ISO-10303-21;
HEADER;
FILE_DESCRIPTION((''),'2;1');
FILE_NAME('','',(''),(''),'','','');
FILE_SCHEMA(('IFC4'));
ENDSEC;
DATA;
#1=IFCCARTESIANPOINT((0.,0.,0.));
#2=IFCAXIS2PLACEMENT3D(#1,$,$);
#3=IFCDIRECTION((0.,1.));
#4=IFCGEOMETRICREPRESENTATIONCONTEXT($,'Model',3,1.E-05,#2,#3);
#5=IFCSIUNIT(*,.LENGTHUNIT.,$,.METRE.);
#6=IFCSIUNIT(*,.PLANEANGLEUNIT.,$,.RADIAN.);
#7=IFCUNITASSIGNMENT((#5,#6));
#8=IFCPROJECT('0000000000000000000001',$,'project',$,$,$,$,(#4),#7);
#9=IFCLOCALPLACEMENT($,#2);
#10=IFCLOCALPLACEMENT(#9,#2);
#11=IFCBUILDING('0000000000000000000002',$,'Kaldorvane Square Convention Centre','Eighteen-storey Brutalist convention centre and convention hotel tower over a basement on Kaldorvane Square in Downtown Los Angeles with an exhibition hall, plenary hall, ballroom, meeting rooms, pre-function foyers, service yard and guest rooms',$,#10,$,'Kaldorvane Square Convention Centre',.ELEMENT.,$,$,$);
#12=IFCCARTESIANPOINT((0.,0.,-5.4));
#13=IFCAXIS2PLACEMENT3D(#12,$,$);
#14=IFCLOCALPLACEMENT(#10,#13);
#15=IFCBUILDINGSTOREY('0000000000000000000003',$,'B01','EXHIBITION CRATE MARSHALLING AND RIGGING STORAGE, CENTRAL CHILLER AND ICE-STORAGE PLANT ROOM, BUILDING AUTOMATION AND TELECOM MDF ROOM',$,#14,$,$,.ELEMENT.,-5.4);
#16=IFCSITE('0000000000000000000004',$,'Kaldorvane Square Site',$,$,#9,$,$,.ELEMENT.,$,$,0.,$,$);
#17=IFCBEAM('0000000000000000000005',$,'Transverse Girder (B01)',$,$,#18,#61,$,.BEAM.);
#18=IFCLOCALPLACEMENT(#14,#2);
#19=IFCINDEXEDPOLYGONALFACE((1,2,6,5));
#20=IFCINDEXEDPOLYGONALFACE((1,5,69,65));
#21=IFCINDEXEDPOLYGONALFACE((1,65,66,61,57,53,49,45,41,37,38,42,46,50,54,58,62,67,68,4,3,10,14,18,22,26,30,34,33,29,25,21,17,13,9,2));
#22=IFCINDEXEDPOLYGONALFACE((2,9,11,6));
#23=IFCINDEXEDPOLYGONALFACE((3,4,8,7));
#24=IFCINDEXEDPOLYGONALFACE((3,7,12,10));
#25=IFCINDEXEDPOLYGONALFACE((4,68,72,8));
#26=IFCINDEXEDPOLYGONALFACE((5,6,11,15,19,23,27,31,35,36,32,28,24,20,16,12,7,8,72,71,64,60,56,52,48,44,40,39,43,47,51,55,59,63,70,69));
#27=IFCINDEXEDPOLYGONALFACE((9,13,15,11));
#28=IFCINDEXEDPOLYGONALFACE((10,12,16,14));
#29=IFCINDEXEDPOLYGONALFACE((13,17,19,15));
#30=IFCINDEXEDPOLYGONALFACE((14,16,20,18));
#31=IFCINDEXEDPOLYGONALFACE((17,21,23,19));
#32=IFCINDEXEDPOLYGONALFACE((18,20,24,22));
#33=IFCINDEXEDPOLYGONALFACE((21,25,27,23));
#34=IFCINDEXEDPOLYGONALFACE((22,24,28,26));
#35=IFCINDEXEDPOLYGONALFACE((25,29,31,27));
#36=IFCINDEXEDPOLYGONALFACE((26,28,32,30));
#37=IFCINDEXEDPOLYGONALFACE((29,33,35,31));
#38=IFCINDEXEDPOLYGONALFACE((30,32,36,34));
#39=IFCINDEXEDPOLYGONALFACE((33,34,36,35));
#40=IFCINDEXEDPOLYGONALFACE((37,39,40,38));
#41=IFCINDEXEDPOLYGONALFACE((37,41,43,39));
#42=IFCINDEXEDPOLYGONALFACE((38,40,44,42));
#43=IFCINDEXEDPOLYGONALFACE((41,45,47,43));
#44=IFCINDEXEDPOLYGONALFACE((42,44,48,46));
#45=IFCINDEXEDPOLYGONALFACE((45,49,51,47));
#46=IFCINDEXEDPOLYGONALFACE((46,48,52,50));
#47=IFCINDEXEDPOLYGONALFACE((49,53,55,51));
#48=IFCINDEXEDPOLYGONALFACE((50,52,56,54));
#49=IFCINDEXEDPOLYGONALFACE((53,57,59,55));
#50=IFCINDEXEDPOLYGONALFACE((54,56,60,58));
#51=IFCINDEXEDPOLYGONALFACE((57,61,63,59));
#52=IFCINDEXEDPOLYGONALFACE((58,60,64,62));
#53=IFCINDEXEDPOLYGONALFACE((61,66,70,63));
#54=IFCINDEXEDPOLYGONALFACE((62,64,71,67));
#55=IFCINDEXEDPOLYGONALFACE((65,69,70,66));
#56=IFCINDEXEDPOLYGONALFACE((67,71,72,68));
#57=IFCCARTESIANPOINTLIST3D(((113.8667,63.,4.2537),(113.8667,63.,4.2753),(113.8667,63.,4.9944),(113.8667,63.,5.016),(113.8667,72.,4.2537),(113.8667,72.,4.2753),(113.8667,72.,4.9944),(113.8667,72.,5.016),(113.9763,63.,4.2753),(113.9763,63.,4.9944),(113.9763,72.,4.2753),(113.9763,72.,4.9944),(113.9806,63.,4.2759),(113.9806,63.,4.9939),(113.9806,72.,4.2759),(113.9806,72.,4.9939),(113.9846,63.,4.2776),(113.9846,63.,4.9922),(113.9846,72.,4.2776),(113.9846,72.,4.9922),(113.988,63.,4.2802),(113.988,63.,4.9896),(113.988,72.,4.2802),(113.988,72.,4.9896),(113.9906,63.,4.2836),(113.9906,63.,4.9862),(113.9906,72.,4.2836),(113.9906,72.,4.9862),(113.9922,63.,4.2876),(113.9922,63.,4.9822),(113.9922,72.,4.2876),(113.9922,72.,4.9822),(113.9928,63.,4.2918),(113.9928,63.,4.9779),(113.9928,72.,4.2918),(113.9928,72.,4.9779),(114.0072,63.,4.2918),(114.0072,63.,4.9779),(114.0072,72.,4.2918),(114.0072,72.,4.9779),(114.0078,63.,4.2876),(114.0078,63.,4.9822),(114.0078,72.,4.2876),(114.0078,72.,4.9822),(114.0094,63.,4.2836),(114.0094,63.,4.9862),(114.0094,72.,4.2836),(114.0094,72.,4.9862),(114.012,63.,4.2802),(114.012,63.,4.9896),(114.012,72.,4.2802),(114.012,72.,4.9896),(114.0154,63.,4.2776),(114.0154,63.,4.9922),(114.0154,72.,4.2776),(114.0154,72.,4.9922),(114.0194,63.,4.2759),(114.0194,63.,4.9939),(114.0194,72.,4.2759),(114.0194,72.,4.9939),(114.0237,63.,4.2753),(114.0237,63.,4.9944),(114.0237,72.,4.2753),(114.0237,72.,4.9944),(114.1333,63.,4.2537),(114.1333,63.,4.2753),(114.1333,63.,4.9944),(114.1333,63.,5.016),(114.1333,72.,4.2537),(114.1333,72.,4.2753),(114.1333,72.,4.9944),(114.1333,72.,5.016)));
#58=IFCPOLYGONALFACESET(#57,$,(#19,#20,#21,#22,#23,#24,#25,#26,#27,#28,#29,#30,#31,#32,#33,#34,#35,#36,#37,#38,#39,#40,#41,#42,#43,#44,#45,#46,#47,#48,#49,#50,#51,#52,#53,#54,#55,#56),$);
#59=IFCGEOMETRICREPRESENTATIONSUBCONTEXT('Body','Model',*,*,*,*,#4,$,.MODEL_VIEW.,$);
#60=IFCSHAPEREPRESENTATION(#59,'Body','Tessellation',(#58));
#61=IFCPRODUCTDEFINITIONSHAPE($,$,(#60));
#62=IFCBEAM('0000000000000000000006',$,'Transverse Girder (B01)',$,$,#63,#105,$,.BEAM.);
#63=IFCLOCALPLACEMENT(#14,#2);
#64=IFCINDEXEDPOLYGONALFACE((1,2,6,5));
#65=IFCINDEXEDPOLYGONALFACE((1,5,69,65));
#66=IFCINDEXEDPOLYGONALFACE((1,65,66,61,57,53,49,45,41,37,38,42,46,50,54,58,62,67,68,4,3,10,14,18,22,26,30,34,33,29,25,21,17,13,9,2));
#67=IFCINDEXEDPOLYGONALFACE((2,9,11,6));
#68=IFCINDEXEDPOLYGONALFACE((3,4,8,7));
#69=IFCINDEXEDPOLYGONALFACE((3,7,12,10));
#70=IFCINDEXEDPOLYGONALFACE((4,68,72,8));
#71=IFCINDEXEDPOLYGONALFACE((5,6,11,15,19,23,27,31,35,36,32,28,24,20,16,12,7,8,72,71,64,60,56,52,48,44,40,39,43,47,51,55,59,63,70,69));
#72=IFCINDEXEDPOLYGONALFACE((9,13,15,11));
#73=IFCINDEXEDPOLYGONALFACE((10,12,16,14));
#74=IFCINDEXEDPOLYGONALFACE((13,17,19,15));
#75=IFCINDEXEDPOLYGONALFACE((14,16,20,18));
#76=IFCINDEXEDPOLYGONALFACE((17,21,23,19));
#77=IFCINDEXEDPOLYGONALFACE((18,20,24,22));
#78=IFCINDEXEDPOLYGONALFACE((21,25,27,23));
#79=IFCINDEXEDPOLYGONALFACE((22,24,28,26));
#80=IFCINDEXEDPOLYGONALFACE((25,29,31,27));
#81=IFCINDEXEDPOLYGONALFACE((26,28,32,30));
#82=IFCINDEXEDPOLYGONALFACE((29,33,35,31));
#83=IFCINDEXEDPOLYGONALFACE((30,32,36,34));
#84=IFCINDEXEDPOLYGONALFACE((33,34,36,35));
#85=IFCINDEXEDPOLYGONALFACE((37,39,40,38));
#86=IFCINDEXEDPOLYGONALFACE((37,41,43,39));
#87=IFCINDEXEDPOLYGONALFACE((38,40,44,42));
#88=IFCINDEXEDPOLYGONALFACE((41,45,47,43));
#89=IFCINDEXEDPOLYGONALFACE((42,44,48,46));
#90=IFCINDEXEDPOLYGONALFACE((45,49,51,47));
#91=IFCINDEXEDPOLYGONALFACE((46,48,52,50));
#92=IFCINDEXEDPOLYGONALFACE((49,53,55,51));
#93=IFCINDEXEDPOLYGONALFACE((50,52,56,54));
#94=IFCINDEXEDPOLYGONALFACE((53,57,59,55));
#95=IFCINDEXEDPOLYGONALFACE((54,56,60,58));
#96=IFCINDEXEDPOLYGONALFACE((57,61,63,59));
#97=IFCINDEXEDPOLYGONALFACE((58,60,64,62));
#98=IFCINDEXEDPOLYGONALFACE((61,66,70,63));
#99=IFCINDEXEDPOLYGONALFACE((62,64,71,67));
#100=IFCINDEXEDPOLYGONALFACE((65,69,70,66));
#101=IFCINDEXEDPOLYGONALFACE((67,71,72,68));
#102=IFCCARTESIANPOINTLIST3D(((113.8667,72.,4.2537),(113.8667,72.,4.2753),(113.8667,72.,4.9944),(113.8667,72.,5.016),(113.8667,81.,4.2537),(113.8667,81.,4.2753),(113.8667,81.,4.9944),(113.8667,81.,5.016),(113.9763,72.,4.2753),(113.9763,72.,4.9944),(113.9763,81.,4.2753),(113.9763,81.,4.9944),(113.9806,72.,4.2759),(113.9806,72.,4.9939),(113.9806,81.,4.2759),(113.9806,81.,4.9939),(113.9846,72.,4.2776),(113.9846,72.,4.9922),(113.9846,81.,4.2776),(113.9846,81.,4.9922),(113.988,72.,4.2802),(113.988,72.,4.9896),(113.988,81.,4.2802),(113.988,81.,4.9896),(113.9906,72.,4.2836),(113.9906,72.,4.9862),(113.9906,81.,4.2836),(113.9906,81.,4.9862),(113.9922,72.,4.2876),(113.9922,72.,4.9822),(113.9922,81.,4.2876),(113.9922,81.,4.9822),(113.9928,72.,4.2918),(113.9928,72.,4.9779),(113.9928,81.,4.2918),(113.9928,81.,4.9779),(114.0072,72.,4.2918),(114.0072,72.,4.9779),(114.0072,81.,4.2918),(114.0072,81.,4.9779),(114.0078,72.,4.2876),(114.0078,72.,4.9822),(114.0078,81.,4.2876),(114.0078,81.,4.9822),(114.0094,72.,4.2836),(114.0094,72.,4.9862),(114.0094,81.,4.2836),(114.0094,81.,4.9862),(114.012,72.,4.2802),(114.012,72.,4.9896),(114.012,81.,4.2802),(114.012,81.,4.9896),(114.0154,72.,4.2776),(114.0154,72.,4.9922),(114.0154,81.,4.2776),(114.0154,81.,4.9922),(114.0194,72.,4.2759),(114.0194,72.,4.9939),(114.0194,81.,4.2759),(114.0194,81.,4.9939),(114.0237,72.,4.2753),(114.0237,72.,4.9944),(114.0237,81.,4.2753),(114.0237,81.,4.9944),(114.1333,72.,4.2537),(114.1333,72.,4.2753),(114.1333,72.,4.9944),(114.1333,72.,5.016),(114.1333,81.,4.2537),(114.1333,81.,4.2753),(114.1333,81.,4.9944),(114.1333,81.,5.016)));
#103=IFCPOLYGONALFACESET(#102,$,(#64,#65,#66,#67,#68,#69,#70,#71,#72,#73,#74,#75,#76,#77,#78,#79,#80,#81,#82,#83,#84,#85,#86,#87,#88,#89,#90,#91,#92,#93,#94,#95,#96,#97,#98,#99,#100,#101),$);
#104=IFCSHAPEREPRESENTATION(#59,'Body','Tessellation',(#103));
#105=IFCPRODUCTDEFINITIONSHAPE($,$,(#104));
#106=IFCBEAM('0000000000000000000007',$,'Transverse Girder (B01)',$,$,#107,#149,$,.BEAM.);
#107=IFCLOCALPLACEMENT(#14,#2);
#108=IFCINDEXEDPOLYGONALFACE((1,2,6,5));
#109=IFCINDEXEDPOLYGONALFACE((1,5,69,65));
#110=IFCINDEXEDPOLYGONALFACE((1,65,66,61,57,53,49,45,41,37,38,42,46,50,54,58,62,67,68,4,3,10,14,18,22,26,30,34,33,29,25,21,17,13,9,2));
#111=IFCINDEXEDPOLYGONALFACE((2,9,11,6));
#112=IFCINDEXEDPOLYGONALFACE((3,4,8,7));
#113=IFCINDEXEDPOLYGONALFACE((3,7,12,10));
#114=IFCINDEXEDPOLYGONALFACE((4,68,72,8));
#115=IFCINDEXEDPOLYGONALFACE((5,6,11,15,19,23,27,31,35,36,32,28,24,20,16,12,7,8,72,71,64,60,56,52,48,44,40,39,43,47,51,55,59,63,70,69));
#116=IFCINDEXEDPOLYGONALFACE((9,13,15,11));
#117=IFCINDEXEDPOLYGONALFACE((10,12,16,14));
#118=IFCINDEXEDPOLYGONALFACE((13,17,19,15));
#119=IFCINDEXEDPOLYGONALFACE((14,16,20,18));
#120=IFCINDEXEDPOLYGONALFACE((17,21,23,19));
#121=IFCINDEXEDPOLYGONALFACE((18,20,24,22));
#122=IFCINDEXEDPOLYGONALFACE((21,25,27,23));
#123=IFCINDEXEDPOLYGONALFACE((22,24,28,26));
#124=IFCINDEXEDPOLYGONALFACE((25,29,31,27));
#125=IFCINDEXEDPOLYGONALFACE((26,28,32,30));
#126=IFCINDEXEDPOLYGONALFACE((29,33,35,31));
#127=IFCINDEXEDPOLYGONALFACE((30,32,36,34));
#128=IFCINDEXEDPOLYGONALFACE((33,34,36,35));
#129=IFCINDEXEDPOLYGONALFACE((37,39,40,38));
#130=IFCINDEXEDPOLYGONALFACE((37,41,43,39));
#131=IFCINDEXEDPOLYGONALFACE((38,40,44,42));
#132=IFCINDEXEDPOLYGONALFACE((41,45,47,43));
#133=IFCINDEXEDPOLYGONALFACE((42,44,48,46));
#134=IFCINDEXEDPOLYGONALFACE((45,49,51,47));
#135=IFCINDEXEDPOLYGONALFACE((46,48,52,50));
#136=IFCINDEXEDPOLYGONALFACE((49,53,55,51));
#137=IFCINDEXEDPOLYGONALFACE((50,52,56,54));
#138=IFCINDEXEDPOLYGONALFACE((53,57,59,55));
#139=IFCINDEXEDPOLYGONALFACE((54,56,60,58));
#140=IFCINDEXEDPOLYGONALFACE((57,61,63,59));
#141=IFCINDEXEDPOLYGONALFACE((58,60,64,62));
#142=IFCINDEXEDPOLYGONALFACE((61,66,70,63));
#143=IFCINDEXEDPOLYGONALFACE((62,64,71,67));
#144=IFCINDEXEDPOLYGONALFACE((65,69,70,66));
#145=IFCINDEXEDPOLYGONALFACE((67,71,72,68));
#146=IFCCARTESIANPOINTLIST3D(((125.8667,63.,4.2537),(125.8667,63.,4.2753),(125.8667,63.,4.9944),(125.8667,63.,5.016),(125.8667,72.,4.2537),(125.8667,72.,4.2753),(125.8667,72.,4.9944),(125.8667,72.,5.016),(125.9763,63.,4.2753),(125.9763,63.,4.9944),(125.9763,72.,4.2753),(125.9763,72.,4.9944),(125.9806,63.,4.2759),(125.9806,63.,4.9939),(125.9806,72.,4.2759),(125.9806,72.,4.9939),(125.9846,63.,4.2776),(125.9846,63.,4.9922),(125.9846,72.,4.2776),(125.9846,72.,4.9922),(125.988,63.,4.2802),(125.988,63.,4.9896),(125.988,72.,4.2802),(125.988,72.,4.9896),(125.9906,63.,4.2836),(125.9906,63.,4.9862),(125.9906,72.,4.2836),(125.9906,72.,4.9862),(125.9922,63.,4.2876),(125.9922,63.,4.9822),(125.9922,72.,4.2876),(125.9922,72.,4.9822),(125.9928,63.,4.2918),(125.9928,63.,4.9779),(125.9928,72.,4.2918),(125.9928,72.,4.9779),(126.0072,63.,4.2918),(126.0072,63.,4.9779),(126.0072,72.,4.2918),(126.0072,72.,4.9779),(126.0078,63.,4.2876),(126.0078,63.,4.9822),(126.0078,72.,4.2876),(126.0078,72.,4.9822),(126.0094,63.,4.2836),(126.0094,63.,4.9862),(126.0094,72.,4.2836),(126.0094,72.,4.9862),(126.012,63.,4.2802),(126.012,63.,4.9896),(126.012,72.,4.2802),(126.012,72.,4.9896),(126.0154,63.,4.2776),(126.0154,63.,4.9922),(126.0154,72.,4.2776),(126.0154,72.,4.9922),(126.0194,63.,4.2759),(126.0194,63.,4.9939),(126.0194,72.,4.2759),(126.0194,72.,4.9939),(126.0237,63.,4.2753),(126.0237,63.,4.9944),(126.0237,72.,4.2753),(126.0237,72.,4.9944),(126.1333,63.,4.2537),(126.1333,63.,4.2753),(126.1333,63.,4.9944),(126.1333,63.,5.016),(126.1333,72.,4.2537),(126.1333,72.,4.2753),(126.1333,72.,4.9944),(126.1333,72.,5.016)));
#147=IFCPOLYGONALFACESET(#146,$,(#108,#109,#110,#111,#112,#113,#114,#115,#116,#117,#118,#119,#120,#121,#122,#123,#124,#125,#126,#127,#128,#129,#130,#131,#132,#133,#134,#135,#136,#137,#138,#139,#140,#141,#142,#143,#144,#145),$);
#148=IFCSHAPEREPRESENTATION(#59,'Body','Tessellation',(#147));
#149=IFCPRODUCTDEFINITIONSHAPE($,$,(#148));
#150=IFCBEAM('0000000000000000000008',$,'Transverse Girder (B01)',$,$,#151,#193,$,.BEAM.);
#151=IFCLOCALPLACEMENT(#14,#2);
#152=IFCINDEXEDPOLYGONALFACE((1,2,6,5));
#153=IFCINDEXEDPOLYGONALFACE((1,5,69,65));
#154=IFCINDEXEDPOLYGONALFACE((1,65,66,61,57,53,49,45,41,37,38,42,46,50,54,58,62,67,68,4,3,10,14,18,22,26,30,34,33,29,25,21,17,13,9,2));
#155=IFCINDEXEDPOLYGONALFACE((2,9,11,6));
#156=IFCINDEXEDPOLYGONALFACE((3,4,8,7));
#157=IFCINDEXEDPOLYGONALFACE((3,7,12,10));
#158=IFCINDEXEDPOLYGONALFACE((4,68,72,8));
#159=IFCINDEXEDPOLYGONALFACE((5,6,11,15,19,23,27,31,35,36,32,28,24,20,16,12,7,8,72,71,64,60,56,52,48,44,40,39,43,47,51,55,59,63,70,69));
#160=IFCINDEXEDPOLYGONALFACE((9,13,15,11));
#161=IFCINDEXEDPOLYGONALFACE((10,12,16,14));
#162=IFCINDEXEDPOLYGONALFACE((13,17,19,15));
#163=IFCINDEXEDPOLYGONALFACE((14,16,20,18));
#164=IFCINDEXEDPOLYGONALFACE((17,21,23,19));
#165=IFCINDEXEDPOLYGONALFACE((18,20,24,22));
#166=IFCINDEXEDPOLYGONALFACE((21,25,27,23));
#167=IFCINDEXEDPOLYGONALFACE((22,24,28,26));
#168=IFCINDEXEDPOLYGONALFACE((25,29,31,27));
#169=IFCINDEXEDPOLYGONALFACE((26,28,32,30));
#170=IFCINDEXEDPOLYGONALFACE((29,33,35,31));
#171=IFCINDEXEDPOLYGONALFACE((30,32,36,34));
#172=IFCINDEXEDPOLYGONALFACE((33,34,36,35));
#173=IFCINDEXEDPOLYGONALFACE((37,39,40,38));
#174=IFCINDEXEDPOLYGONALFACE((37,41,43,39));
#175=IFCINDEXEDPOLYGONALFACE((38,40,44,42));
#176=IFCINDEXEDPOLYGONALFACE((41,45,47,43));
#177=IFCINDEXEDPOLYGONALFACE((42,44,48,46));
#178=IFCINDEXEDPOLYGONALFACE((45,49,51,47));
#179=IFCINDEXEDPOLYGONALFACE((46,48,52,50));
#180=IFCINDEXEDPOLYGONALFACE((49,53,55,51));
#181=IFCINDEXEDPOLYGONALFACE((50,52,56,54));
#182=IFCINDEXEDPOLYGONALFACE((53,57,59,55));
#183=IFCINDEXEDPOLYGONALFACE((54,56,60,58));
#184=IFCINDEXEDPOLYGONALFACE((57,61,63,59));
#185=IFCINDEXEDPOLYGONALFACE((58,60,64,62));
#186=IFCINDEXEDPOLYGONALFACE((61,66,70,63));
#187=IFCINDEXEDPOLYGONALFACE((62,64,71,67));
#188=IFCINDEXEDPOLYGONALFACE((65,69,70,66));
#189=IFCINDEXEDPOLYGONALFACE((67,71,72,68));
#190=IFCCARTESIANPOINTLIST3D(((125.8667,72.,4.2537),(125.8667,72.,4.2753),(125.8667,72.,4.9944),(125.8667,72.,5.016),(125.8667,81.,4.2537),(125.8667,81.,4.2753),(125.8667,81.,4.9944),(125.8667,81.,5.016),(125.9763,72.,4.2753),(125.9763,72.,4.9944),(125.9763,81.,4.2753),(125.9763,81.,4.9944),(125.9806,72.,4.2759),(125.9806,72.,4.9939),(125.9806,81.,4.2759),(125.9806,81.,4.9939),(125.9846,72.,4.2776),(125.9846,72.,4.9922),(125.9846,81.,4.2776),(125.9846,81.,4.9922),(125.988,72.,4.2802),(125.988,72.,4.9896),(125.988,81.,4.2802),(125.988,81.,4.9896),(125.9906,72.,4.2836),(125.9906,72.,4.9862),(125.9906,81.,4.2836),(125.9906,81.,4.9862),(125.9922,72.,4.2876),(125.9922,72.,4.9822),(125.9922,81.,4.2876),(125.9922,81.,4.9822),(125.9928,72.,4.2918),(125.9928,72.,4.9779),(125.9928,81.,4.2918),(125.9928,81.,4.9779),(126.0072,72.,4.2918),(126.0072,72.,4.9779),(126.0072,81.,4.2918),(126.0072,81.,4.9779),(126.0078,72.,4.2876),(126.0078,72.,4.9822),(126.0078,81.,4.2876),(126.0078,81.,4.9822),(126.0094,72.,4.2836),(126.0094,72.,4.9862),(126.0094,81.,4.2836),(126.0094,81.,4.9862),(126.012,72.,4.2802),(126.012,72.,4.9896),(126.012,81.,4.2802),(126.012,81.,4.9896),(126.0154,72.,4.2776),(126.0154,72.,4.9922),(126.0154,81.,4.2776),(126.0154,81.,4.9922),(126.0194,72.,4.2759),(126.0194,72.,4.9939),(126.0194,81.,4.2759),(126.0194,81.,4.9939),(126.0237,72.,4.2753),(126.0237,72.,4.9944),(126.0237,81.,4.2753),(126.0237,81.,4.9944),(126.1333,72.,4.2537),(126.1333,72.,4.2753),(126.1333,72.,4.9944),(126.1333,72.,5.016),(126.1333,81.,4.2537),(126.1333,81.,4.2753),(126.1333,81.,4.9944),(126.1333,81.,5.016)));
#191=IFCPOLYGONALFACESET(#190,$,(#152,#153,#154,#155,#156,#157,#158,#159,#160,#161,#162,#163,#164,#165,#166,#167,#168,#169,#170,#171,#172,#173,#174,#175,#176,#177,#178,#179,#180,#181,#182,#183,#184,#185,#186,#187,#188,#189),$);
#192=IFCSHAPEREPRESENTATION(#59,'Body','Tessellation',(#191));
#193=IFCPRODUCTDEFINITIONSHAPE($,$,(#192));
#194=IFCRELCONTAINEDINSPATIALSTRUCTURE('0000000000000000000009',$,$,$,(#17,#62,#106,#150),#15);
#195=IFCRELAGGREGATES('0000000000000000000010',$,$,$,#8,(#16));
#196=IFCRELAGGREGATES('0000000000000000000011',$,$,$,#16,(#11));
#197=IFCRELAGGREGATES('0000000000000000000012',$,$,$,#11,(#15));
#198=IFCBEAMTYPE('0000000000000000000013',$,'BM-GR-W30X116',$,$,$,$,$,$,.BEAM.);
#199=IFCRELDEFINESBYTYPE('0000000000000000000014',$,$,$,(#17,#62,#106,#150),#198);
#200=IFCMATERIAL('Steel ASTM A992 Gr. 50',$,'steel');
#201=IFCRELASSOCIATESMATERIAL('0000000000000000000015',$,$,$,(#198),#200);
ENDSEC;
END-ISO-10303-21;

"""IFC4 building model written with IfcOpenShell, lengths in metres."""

from ifc_helpers import new_model, si_unit, direction, frame, origin, origin_2d, place, context, subcontext, project, spatial, i_section, extrude, material, material_profile, profile_set, type_object, element, save


model = new_model("IFC4")

# Units and contexts
model_context = context("Model", 3, precision=1e-05, world=origin(), true_north=direction((0.0, 1.0)))
body_context = subcontext(model_context, "Body", "Model", "MODEL_VIEW")
ifc_project = project(units=[si_unit("LENGTHUNIT", "METRE"), si_unit("PLANEANGLEUNIT", "RADIAN")], contexts=[model_context])

# Site, building, storey
site_placement = place(None, origin())
site = spatial("IfcSite", under=ifc_project, at=site_placement, Name="Kaldorvane Square Site", CompositionType="ELEMENT", RefElevation=0.0)
building_placement = place(site_placement, origin())
building = spatial("IfcBuilding", under=site, at=building_placement, Name="Kaldorvane Square Convention Centre", Description="Eighteen-storey Brutalist convention centre and convention hotel tower over a basement on Kaldorvane Square in Downtown Los Angeles with an exhibition hall, plenary hall, ballroom, meeting rooms, pre-function foyers, service yard and guest rooms", LongName="Kaldorvane Square Convention Centre", CompositionType="ELEMENT")
storey_placement = place(building_placement, frame((0.0, 0.0, -5.4)))
storey = spatial("IfcBuildingStorey", under=building, at=storey_placement, Name="B01", Description="EXHIBITION CRATE MARSHALLING AND RIGGING STORAGE, CENTRAL CHILLER AND ICE-STORAGE PLANT ROOM, BUILDING AUTOMATION AND TELECOM MDF ROOM", CompositionType="ELEMENT", Elevation=-5.4)

# Shared definitions
ifc_material_1 = material(Name="Steel ASTM A992 Gr. 50", Category="steel")

# Beams
ifc_material_profile_1 = material_profile(ifc_material_1, i_section(OverallWidth=0.2666, OverallDepth=0.7623, WebThickness=0.0144, FlangeThickness=0.0216, FilletRadius=0.0165, at=origin_2d()), Name="W30X116")
ifc_profile_set_1 = profile_set([ifc_material_profile_1], Name="Steel ASTM A992 Gr. 50")
beam_type_1 = type_object("IfcBeamType", Name="BM-GR-W30X116", PredefinedType="BEAM", material=ifc_profile_set_1)
for number, where, z_axis, x_axis, name in (
    (1, (114.0, 63.0, 4.6349), (0.0, 1.0, 0.0), (-1.0, 0.0, 0.0), "Transverse Girder (B01)"),
    (2, (114.0, 72.0, 4.6349), (0.0, 1.0, 0.0), (-1.0, 0.0, 0.0), "Transverse Girder (B01)"),
    (3, (126.0, 63.0, 4.6349), (0.0, 1.0, 0.0), (-1.0, 0.0, 0.0), "Transverse Girder (B01)"),
    (4, (126.0, 72.0, 4.6349), (0.0, 1.0, 0.0), (-1.0, 0.0, 0.0), "Transverse Girder (B01)"),
):
    element("IfcBeam", number, at=place(storey_placement, frame(where, z_axis=z_axis, x_axis=x_axis)), inside=storey, type_object=beam_type_1, Name=name, PredefinedType="BEAM", context=body_context, shape_type="SweptSolid", body=[
        extrude(i_section(OverallWidth=0.2666, OverallDepth=0.7623, WebThickness=0.0144, FlangeThickness=0.0216, FilletRadius=0.0165, at=origin_2d()), origin(), (0.0, 0.0, 1.0), 9.0),
    ])

save(model, "model.ifc")
